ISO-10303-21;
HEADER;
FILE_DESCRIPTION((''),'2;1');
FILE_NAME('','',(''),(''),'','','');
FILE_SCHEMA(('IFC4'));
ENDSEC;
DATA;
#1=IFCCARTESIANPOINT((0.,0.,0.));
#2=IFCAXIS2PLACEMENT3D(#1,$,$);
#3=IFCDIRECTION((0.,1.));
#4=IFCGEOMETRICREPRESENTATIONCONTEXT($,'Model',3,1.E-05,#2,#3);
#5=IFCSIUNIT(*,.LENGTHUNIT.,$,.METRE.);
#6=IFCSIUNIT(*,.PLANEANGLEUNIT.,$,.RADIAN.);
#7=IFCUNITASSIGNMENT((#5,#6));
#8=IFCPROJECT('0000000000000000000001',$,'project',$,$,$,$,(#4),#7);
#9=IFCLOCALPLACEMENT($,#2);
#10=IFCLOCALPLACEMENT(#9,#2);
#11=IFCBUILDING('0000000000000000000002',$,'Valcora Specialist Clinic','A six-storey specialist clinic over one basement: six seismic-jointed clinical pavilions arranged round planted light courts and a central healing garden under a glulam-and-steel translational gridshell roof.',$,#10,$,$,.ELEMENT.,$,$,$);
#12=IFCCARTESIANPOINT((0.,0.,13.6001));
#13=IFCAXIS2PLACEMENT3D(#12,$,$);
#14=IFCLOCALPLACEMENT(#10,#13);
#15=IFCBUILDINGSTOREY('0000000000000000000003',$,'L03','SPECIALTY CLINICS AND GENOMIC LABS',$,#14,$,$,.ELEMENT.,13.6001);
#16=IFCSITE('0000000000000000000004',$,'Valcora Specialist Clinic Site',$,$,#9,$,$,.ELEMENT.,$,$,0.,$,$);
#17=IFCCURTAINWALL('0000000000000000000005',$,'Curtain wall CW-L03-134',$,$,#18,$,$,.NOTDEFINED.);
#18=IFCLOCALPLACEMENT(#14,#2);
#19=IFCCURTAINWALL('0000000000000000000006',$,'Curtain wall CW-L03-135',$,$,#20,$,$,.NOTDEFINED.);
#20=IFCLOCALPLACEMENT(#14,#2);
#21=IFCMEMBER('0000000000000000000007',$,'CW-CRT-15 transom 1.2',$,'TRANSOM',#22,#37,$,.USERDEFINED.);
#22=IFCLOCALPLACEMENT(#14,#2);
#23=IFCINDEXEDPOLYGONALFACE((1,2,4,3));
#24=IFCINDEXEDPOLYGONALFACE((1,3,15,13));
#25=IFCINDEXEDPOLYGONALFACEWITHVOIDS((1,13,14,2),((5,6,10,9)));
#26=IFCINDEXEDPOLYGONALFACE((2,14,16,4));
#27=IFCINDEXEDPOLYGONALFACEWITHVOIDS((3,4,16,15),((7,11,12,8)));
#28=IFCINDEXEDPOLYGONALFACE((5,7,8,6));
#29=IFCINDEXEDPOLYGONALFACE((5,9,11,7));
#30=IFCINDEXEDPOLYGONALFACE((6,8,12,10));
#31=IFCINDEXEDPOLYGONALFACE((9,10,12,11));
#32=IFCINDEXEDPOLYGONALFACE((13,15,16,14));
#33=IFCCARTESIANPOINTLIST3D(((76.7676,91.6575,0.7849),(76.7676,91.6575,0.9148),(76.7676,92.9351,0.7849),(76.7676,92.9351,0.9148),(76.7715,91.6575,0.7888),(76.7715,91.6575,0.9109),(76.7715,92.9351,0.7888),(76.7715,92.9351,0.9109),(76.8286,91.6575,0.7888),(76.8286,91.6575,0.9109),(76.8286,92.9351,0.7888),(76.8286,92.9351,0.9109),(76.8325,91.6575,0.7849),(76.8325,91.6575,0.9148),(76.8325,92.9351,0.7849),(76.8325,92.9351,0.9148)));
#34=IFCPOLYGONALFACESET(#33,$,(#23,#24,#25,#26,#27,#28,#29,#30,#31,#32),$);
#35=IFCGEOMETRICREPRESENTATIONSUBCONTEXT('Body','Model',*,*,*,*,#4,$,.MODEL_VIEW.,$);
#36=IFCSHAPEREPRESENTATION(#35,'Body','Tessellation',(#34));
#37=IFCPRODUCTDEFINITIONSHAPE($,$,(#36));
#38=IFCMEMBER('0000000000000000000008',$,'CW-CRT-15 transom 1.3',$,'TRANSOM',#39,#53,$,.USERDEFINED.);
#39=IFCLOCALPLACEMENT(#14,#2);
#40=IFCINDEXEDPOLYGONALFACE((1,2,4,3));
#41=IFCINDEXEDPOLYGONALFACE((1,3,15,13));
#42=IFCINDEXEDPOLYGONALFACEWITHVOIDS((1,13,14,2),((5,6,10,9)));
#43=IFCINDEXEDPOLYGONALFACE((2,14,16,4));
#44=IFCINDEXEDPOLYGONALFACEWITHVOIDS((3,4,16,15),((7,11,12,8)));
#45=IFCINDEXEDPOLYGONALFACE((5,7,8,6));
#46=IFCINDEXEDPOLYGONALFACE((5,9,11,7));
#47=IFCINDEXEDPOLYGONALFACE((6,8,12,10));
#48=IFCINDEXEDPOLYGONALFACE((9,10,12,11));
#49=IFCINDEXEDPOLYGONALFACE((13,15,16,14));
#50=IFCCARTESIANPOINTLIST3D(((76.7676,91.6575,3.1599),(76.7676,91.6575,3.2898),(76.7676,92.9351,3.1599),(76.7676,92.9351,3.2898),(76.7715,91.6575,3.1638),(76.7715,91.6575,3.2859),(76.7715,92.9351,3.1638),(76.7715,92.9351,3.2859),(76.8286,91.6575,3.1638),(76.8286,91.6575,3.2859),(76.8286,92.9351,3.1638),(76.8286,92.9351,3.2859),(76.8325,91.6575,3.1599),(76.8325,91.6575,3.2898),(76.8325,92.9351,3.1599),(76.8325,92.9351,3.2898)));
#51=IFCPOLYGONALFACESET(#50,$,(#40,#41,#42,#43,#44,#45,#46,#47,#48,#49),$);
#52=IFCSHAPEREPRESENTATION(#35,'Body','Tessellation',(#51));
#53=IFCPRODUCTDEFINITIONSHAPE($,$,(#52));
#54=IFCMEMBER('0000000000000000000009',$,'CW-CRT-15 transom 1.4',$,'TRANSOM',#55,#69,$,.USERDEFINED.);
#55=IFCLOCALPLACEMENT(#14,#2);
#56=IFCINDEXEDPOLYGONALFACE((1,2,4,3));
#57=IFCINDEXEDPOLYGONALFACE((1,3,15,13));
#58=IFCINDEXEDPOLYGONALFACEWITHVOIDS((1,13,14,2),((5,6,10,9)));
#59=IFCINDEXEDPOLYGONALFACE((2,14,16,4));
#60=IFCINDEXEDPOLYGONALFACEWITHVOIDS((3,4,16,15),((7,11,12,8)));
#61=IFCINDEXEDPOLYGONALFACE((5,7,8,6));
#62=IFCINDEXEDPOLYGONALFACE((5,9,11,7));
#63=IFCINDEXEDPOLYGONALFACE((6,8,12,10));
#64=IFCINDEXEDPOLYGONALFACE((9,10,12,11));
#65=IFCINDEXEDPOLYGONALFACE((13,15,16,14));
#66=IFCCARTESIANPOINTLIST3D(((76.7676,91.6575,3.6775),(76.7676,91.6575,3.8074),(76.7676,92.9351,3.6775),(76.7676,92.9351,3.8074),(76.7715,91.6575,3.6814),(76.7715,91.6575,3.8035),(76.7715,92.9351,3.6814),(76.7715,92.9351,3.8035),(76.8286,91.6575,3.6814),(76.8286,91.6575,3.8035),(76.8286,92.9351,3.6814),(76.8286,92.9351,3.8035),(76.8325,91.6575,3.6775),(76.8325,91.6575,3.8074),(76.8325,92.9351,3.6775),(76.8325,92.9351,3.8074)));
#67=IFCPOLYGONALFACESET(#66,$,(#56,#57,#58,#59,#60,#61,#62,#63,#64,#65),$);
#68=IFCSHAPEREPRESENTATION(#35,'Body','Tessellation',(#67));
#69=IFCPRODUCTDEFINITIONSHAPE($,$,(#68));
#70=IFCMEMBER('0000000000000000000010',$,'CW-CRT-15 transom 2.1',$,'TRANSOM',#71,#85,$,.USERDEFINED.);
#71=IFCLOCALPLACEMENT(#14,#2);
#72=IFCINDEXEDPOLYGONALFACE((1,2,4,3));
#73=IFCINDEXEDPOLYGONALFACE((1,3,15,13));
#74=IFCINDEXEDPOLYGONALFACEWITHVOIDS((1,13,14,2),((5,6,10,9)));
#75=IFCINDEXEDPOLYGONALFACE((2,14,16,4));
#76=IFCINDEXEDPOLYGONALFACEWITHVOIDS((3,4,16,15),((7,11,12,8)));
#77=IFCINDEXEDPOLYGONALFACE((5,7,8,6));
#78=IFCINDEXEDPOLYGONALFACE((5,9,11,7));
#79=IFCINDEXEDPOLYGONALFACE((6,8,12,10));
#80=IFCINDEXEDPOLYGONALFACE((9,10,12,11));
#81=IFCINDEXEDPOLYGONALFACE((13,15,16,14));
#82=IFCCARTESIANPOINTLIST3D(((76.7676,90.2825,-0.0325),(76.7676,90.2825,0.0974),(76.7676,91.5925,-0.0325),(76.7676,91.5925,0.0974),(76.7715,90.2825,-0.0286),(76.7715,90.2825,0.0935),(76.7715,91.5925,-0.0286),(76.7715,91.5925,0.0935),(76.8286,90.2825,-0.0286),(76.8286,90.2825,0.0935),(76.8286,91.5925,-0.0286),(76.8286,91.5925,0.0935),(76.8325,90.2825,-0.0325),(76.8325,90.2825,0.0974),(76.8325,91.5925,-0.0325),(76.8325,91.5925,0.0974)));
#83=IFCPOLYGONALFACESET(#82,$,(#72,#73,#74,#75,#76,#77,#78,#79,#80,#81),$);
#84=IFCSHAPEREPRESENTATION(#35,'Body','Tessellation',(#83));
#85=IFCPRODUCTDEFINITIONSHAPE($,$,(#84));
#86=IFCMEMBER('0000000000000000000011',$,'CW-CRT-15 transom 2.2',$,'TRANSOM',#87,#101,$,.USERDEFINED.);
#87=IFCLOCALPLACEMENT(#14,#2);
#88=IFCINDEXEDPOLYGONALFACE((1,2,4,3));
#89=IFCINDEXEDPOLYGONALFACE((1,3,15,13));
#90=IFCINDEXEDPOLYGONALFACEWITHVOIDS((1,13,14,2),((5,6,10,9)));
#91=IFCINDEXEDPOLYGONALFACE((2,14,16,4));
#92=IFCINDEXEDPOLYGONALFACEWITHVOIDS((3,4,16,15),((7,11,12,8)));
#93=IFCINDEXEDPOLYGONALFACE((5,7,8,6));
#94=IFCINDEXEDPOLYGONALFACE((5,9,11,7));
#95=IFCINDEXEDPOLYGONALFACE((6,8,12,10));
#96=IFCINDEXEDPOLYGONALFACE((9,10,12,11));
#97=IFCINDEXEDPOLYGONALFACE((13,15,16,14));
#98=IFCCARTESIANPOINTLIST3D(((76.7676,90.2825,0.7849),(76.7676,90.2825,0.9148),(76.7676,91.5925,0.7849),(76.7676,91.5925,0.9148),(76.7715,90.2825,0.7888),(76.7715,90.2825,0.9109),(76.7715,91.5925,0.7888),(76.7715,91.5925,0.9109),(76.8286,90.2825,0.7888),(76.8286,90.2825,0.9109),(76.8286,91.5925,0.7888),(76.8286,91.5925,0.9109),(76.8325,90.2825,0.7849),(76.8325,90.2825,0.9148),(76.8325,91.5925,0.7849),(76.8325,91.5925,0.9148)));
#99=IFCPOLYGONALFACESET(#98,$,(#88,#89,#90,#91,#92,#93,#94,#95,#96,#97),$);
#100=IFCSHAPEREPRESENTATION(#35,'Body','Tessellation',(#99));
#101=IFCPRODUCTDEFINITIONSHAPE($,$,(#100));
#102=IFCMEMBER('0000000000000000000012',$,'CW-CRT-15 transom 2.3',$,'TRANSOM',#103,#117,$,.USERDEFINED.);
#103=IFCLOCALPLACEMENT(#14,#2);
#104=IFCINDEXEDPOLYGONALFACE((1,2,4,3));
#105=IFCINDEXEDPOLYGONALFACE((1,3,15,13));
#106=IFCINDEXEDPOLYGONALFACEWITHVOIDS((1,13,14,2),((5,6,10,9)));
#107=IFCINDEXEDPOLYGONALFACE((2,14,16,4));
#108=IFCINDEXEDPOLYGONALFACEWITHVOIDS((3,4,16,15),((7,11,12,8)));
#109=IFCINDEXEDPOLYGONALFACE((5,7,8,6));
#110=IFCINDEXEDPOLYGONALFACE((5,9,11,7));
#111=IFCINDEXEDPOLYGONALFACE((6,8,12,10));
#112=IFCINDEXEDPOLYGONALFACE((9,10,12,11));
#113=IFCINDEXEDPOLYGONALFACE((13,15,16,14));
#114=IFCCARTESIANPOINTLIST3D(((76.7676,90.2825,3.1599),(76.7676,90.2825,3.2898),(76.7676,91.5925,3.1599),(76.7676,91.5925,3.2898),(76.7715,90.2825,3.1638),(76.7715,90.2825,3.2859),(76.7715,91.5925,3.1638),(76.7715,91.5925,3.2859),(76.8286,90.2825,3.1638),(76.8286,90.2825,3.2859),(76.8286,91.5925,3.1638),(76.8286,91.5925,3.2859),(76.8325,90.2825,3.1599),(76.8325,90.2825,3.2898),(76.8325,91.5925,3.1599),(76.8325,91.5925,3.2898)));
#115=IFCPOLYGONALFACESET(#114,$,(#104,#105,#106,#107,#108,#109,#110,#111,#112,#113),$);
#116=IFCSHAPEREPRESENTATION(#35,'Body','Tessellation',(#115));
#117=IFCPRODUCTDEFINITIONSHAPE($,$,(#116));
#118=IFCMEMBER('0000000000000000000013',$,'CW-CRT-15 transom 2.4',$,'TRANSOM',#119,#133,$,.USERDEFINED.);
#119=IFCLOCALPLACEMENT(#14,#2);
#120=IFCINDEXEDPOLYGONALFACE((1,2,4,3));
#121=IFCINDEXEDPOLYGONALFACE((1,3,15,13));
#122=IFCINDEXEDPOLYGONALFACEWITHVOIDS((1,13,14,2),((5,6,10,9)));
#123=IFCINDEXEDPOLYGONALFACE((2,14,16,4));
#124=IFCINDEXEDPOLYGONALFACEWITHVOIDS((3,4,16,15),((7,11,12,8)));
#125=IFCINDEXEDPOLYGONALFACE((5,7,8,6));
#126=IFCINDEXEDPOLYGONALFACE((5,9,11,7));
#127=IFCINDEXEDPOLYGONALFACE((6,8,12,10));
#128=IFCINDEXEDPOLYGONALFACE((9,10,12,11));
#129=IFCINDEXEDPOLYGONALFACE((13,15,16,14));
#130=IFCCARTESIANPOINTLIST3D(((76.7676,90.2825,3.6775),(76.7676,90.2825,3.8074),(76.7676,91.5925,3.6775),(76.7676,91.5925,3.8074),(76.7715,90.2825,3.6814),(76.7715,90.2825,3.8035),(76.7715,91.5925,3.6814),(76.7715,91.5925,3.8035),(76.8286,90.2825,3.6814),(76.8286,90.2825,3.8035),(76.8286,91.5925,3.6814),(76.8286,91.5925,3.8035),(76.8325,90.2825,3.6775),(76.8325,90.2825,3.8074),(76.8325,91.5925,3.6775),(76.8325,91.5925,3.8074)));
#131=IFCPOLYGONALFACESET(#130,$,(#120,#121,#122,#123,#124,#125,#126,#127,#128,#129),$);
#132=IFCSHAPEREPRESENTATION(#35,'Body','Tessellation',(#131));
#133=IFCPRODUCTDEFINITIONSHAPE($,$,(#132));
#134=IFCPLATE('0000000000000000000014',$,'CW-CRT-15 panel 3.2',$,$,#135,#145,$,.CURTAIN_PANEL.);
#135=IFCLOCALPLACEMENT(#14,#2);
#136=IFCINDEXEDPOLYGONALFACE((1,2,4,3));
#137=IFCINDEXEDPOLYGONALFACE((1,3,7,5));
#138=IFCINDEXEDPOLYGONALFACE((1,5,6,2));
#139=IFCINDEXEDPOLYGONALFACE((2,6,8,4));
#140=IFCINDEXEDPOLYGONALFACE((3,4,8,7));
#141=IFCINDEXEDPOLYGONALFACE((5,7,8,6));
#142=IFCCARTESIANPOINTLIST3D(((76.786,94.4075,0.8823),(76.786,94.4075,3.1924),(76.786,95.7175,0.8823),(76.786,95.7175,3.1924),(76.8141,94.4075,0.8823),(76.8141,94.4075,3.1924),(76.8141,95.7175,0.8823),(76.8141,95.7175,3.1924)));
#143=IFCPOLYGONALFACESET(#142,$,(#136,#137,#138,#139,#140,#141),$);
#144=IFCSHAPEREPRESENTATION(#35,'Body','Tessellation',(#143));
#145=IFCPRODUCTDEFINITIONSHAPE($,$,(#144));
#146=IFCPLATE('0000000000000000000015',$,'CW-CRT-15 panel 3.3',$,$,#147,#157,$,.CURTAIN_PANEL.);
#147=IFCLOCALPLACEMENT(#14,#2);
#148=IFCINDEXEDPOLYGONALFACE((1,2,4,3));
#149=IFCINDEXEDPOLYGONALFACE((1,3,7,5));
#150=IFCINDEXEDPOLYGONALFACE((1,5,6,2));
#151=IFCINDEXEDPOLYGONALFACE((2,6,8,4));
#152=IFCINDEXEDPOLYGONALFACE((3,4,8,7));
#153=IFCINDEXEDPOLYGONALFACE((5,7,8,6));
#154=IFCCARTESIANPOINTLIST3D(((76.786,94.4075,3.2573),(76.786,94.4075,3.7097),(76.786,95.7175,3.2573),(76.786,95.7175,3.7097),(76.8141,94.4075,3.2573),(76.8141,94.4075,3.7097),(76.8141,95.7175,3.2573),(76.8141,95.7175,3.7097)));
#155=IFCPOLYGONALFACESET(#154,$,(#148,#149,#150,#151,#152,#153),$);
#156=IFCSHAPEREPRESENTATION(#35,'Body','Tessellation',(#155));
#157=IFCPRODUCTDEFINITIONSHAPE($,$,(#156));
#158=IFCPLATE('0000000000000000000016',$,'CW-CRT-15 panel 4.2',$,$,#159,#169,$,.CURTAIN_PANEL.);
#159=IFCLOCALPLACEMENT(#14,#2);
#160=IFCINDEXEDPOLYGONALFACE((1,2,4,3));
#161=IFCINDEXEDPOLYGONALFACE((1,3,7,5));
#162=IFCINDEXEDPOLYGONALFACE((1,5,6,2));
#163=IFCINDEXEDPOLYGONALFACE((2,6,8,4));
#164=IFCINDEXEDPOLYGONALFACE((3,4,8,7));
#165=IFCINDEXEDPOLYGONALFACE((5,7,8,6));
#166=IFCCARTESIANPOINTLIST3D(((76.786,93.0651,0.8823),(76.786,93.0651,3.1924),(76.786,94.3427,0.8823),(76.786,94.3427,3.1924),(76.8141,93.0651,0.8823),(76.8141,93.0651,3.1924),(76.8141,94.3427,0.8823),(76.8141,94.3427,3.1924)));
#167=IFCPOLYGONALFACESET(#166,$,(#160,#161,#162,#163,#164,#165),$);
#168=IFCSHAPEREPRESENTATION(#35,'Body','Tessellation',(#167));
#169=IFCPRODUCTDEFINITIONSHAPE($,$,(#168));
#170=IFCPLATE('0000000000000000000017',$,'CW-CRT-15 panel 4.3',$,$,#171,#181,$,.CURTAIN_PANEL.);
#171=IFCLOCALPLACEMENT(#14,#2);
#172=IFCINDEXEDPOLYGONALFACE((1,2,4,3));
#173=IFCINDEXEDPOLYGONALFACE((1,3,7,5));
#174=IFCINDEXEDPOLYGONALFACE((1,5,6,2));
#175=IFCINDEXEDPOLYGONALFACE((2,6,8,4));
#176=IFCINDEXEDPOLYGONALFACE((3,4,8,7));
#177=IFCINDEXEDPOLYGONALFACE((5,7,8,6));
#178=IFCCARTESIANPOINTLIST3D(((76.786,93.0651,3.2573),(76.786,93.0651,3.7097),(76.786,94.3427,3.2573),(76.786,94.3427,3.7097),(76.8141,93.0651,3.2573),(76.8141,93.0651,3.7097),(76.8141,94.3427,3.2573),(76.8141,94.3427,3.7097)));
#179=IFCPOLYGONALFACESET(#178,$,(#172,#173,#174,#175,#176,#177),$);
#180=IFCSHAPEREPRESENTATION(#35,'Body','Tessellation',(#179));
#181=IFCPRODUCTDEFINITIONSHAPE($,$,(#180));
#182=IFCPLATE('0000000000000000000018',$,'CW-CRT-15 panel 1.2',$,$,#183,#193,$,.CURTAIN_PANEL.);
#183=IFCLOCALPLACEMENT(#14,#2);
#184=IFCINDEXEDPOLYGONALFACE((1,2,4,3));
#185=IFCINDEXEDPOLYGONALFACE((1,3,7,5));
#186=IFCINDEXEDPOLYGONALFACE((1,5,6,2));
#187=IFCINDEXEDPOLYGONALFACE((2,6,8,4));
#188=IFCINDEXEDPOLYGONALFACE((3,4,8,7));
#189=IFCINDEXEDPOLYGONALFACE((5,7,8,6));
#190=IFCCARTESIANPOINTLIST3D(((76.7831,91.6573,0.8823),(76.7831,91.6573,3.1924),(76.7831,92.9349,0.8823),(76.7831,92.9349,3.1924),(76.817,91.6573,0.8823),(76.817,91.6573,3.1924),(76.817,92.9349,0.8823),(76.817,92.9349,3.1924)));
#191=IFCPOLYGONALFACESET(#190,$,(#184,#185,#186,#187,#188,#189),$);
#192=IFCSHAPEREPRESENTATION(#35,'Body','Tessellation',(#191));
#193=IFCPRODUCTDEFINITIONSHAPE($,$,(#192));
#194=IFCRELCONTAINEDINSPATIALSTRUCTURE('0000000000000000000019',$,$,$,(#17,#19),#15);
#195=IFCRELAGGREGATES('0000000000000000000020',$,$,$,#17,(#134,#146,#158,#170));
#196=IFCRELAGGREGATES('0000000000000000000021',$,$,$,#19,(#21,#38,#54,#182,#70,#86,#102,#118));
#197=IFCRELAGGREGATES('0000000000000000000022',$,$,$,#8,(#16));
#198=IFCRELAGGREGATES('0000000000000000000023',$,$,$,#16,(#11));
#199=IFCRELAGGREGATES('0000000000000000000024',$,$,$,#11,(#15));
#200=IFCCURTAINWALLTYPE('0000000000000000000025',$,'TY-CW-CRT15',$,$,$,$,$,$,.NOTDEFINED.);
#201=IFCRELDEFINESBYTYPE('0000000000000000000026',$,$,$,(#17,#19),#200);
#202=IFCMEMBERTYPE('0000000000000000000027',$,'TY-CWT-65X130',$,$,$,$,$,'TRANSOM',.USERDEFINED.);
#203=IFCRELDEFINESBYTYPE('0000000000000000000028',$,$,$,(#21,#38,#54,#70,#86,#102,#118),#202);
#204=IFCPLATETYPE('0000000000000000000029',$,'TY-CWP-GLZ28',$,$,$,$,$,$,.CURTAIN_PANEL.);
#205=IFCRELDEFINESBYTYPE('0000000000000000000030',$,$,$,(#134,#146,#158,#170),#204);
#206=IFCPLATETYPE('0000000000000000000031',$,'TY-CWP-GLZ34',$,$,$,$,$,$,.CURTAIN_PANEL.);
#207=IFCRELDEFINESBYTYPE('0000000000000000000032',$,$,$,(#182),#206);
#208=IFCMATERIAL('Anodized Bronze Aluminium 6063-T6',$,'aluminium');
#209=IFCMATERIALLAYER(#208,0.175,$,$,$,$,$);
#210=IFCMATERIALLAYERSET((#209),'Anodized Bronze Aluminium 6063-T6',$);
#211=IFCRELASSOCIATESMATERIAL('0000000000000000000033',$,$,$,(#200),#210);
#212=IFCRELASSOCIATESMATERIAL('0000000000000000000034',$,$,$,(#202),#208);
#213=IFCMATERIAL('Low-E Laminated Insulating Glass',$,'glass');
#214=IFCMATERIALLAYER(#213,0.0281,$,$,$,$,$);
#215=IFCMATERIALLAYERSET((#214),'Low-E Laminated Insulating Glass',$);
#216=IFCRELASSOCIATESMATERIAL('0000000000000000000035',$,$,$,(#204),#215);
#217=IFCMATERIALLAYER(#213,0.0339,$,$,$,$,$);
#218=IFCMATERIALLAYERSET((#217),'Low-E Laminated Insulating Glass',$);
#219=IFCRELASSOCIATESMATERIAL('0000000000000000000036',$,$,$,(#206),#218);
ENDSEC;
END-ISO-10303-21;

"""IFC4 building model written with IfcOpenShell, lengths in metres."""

from ifc_helpers import new_model, si_unit, direction, frame, origin, origin_2d, place, context, subcontext, project, spatial, rectangle, hollow_rectangle, extrude, material, layer, layer_set, material_profile, profile_set, type_object, element, aggregate, save


model = new_model("IFC4")

# Units and contexts
model_context = context("Model", 3, precision=1e-05, world=origin(), true_north=direction((0.0, 1.0)))
body_context = subcontext(model_context, "Body", "Model", "MODEL_VIEW")
ifc_project = project(units=[si_unit("LENGTHUNIT", "METRE"), si_unit("PLANEANGLEUNIT", "RADIAN")], contexts=[model_context])

# Site, building, storey
site_placement = place(None, origin())
site = spatial("IfcSite", under=ifc_project, at=site_placement, Name="Valcora Specialist Clinic Site", CompositionType="ELEMENT", RefElevation=0.0)
building_placement = place(site_placement, origin())
building = spatial("IfcBuilding", under=site, at=building_placement, Name="Valcora Specialist Clinic", Description="A six-storey specialist clinic over one basement: six seismic-jointed clinical pavilions arranged round planted light courts and a central healing garden under a glulam-and-steel translational gridshell roof.", CompositionType="ELEMENT")
storey_placement = place(building_placement, frame((0.0, 0.0, 13.6001)))
storey = spatial("IfcBuildingStorey", under=building, at=storey_placement, Name="L03", Description="SPECIALTY CLINICS AND GENOMIC LABS", CompositionType="ELEMENT", Elevation=13.6001)

# Curtain walls
ifc_material_1 = material(Name="Anodized Bronze Aluminium 6063-T6", Category="aluminium")
ifc_layer_1 = layer(ifc_material_1, 0.175)
ifc_layer_set_1 = layer_set([ifc_layer_1], Name="Anodized Bronze Aluminium 6063-T6")
curtain_wall_type = type_object("IfcCurtainWallType", Name="TY-CW-CRT15", PredefinedType="NOTDEFINED", material=ifc_layer_set_1)
curtain_wall_1_placement = place(storey_placement, origin())
curtain_wall_1 = element("IfcCurtainWall", 1, at=curtain_wall_1_placement, inside=storey, type_object=curtain_wall_type, Name="Curtain wall CW-L03-134", PredefinedType="NOTDEFINED")
curtain_wall_2_placement = place(storey_placement, origin())
curtain_wall_2 = element("IfcCurtainWall", 2, at=curtain_wall_2_placement, inside=storey, type_object=curtain_wall_type, Name="Curtain wall CW-L03-135", PredefinedType="NOTDEFINED")

# Members
ifc_material_profile_1 = material_profile(ifc_material_1, hollow_rectangle(XDim=0.0649, YDim=0.1299, WallThickness=0.0039, at=origin_2d()), Name="AL-TRN-65X130")
ifc_profile_set_1 = profile_set([ifc_material_profile_1], Name="Anodized Bronze Aluminium 6063-T6")
member_type_1 = type_object("IfcMemberType", Name="TY-CWT-65X130", ElementType="TRANSOM", PredefinedType="USERDEFINED", material=ifc_profile_set_1)
member_1_placement = place(storey_placement, frame((76.8, 92.9351, 0.8499), z_axis=(0.0, -1.0, 0.0), x_axis=(1.0, 0.0, 0.0)))
member_1 = element("IfcMember", 3, at=member_1_placement, type_object=member_type_1, Name="CW-CRT-15 transom 1.2", ObjectType="TRANSOM", PredefinedType="USERDEFINED", context=body_context, shape_type="SweptSolid", body=[
    extrude(hollow_rectangle(XDim=0.0649, YDim=0.1299, WallThickness=0.0039, at=origin_2d()), origin(), (0.0, 0.0, 1.0), 1.2776),
])
member_2_placement = place(storey_placement, frame((76.8, 92.9351, 3.2249), z_axis=(0.0, -1.0, 0.0), x_axis=(1.0, 0.0, 0.0)))
member_2 = element("IfcMember", 4, at=member_2_placement, type_object=member_type_1, Name="CW-CRT-15 transom 1.3", ObjectType="TRANSOM", PredefinedType="USERDEFINED", context=body_context, shape_type="SweptSolid", body=[
    extrude(hollow_rectangle(XDim=0.0649, YDim=0.1299, WallThickness=0.0039, at=origin_2d()), origin(), (0.0, 0.0, 1.0), 1.2776),
])
member_3_placement = place(storey_placement, frame((76.8, 92.9351, 3.7424), z_axis=(0.0, -1.0, 0.0), x_axis=(1.0, 0.0, 0.0)))
member_3 = element("IfcMember", 5, at=member_3_placement, type_object=member_type_1, Name="CW-CRT-15 transom 1.4", ObjectType="TRANSOM", PredefinedType="USERDEFINED", context=body_context, shape_type="SweptSolid", body=[
    extrude(hollow_rectangle(XDim=0.0649, YDim=0.1299, WallThickness=0.0039, at=origin_2d()), origin(), (0.0, 0.0, 1.0), 1.2776),
])
member_4_placement = place(storey_placement, frame((76.8, 91.5925, 0.0325), z_axis=(0.0, -1.0, 0.0), x_axis=(1.0, 0.0, 0.0)))
member_4 = element("IfcMember", 6, at=member_4_placement, type_object=member_type_1, Name="CW-CRT-15 transom 2.1", ObjectType="TRANSOM", PredefinedType="USERDEFINED", context=body_context, shape_type="SweptSolid", body=[
    extrude(hollow_rectangle(XDim=0.0649, YDim=0.1299, WallThickness=0.0039, at=origin_2d()), origin(), (0.0, 0.0, 1.0), 1.3101),
])
member_5_placement = place(storey_placement, frame((76.8, 91.5925, 0.8499), z_axis=(0.0, -1.0, 0.0), x_axis=(1.0, 0.0, 0.0)))
member_5 = element("IfcMember", 7, at=member_5_placement, type_object=member_type_1, Name="CW-CRT-15 transom 2.2", ObjectType="TRANSOM", PredefinedType="USERDEFINED", context=body_context, shape_type="SweptSolid", body=[
    extrude(hollow_rectangle(XDim=0.0649, YDim=0.1299, WallThickness=0.0039, at=origin_2d()), origin(), (0.0, 0.0, 1.0), 1.3101),
])
member_6_placement = place(storey_placement, frame((76.8, 91.5925, 3.2249), z_axis=(0.0, -1.0, 0.0), x_axis=(1.0, 0.0, 0.0)))
member_6 = element("IfcMember", 8, at=member_6_placement, type_object=member_type_1, Name="CW-CRT-15 transom 2.3", ObjectType="TRANSOM", PredefinedType="USERDEFINED", context=body_context, shape_type="SweptSolid", body=[
    extrude(hollow_rectangle(XDim=0.0649, YDim=0.1299, WallThickness=0.0039, at=origin_2d()), origin(), (0.0, 0.0, 1.0), 1.3101),
])
member_7_placement = place(storey_placement, frame((76.8, 91.5925, 3.7424), z_axis=(0.0, -1.0, 0.0), x_axis=(1.0, 0.0, 0.0)))
member_7 = element("IfcMember", 9, at=member_7_placement, type_object=member_type_1, Name="CW-CRT-15 transom 2.4", ObjectType="TRANSOM", PredefinedType="USERDEFINED", context=body_context, shape_type="SweptSolid", body=[
    extrude(hollow_rectangle(XDim=0.0649, YDim=0.1299, WallThickness=0.0039, at=origin_2d()), origin(), (0.0, 0.0, 1.0), 1.3101),
])

# Plates
ifc_material_2 = material(Name="Low-E Laminated Insulating Glass", Category="glass")
ifc_layer_2 = layer(ifc_material_2, 0.0281)
ifc_layer_set_2 = layer_set([ifc_layer_2], Name="Low-E Laminated Insulating Glass")
plate_type_1 = type_object("IfcPlateType", Name="TY-CWP-GLZ28", PredefinedType="CURTAIN_PANEL", material=ifc_layer_set_2)
plate_1_placement = place(storey_placement, frame((76.8, 95.0625, 0.8823), z_axis=(0.0, 0.0, 1.0), x_axis=(0.0, -1.0, 0.0)))
plate_1 = element("IfcPlate", 10, at=plate_1_placement, type_object=plate_type_1, Name="CW-CRT-15 panel 3.2", PredefinedType="CURTAIN_PANEL", context=body_context, shape_type="SweptSolid", body=[
    extrude(rectangle(XDim=1.3101, YDim=0.0281, at=origin_2d()), origin(), (0.0, 0.0, 1.0), 2.3101),
])
plate_2_placement = place(storey_placement, frame((76.8, 95.0625, 3.2573), z_axis=(0.0, 0.0, 1.0), x_axis=(0.0, -1.0, 0.0)))
plate_2 = element("IfcPlate", 11, at=plate_2_placement, type_object=plate_type_1, Name="CW-CRT-15 panel 3.3", PredefinedType="CURTAIN_PANEL", context=body_context, shape_type="SweptSolid", body=[
    extrude(rectangle(XDim=1.3101, YDim=0.0281, at=origin_2d()), origin(), (0.0, 0.0, 1.0), 0.4524),
])
plate_3_placement = place(storey_placement, frame((76.8, 93.7039, 0.8823), z_axis=(0.0, 0.0, 1.0), x_axis=(0.0, -1.0, 0.0)))
plate_3 = element("IfcPlate", 12, at=plate_3_placement, type_object=plate_type_1, Name="CW-CRT-15 panel 4.2", PredefinedType="CURTAIN_PANEL", context=body_context, shape_type="SweptSolid", body=[
    extrude(rectangle(XDim=1.2776, YDim=0.0281, at=origin_2d()), origin(), (0.0, 0.0, 1.0), 2.3101),
])
plate_4_placement = place(storey_placement, frame((76.8, 93.7039, 3.2573), z_axis=(0.0, 0.0, 1.0), x_axis=(0.0, -1.0, 0.0)))
plate_4 = element("IfcPlate", 13, at=plate_4_placement, type_object=plate_type_1, Name="CW-CRT-15 panel 4.3", PredefinedType="CURTAIN_PANEL", context=body_context, shape_type="SweptSolid", body=[
    extrude(rectangle(XDim=1.2776, YDim=0.0281, at=origin_2d()), origin(), (0.0, 0.0, 1.0), 0.4524),
])
ifc_layer_3 = layer(ifc_material_2, 0.0339)
ifc_layer_set_3 = layer_set([ifc_layer_3], Name="Low-E Laminated Insulating Glass")
plate_type_2 = type_object("IfcPlateType", Name="TY-CWP-GLZ34", PredefinedType="CURTAIN_PANEL", material=ifc_layer_set_3)
plate_5_placement = place(storey_placement, frame((76.8, 92.2961, 0.8823), z_axis=(0.0, 0.0, 1.0), x_axis=(0.0, -1.0, 0.0)))
plate_5 = element("IfcPlate", 14, at=plate_5_placement, type_object=plate_type_2, Name="CW-CRT-15 panel 1.2", PredefinedType="CURTAIN_PANEL", context=body_context, shape_type="SweptSolid", body=[
    extrude(rectangle(XDim=1.2776, YDim=0.0339, at=origin_2d()), origin(), (0.0, 0.0, 1.0), 2.3101),
])
aggregate(curtain_wall_1, [plate_1, plate_2, plate_3, plate_4])
aggregate(curtain_wall_2, [member_1, member_2, member_3, plate_5, member_4, member_5, member_6, member_7])

save(model, "model.ifc")
